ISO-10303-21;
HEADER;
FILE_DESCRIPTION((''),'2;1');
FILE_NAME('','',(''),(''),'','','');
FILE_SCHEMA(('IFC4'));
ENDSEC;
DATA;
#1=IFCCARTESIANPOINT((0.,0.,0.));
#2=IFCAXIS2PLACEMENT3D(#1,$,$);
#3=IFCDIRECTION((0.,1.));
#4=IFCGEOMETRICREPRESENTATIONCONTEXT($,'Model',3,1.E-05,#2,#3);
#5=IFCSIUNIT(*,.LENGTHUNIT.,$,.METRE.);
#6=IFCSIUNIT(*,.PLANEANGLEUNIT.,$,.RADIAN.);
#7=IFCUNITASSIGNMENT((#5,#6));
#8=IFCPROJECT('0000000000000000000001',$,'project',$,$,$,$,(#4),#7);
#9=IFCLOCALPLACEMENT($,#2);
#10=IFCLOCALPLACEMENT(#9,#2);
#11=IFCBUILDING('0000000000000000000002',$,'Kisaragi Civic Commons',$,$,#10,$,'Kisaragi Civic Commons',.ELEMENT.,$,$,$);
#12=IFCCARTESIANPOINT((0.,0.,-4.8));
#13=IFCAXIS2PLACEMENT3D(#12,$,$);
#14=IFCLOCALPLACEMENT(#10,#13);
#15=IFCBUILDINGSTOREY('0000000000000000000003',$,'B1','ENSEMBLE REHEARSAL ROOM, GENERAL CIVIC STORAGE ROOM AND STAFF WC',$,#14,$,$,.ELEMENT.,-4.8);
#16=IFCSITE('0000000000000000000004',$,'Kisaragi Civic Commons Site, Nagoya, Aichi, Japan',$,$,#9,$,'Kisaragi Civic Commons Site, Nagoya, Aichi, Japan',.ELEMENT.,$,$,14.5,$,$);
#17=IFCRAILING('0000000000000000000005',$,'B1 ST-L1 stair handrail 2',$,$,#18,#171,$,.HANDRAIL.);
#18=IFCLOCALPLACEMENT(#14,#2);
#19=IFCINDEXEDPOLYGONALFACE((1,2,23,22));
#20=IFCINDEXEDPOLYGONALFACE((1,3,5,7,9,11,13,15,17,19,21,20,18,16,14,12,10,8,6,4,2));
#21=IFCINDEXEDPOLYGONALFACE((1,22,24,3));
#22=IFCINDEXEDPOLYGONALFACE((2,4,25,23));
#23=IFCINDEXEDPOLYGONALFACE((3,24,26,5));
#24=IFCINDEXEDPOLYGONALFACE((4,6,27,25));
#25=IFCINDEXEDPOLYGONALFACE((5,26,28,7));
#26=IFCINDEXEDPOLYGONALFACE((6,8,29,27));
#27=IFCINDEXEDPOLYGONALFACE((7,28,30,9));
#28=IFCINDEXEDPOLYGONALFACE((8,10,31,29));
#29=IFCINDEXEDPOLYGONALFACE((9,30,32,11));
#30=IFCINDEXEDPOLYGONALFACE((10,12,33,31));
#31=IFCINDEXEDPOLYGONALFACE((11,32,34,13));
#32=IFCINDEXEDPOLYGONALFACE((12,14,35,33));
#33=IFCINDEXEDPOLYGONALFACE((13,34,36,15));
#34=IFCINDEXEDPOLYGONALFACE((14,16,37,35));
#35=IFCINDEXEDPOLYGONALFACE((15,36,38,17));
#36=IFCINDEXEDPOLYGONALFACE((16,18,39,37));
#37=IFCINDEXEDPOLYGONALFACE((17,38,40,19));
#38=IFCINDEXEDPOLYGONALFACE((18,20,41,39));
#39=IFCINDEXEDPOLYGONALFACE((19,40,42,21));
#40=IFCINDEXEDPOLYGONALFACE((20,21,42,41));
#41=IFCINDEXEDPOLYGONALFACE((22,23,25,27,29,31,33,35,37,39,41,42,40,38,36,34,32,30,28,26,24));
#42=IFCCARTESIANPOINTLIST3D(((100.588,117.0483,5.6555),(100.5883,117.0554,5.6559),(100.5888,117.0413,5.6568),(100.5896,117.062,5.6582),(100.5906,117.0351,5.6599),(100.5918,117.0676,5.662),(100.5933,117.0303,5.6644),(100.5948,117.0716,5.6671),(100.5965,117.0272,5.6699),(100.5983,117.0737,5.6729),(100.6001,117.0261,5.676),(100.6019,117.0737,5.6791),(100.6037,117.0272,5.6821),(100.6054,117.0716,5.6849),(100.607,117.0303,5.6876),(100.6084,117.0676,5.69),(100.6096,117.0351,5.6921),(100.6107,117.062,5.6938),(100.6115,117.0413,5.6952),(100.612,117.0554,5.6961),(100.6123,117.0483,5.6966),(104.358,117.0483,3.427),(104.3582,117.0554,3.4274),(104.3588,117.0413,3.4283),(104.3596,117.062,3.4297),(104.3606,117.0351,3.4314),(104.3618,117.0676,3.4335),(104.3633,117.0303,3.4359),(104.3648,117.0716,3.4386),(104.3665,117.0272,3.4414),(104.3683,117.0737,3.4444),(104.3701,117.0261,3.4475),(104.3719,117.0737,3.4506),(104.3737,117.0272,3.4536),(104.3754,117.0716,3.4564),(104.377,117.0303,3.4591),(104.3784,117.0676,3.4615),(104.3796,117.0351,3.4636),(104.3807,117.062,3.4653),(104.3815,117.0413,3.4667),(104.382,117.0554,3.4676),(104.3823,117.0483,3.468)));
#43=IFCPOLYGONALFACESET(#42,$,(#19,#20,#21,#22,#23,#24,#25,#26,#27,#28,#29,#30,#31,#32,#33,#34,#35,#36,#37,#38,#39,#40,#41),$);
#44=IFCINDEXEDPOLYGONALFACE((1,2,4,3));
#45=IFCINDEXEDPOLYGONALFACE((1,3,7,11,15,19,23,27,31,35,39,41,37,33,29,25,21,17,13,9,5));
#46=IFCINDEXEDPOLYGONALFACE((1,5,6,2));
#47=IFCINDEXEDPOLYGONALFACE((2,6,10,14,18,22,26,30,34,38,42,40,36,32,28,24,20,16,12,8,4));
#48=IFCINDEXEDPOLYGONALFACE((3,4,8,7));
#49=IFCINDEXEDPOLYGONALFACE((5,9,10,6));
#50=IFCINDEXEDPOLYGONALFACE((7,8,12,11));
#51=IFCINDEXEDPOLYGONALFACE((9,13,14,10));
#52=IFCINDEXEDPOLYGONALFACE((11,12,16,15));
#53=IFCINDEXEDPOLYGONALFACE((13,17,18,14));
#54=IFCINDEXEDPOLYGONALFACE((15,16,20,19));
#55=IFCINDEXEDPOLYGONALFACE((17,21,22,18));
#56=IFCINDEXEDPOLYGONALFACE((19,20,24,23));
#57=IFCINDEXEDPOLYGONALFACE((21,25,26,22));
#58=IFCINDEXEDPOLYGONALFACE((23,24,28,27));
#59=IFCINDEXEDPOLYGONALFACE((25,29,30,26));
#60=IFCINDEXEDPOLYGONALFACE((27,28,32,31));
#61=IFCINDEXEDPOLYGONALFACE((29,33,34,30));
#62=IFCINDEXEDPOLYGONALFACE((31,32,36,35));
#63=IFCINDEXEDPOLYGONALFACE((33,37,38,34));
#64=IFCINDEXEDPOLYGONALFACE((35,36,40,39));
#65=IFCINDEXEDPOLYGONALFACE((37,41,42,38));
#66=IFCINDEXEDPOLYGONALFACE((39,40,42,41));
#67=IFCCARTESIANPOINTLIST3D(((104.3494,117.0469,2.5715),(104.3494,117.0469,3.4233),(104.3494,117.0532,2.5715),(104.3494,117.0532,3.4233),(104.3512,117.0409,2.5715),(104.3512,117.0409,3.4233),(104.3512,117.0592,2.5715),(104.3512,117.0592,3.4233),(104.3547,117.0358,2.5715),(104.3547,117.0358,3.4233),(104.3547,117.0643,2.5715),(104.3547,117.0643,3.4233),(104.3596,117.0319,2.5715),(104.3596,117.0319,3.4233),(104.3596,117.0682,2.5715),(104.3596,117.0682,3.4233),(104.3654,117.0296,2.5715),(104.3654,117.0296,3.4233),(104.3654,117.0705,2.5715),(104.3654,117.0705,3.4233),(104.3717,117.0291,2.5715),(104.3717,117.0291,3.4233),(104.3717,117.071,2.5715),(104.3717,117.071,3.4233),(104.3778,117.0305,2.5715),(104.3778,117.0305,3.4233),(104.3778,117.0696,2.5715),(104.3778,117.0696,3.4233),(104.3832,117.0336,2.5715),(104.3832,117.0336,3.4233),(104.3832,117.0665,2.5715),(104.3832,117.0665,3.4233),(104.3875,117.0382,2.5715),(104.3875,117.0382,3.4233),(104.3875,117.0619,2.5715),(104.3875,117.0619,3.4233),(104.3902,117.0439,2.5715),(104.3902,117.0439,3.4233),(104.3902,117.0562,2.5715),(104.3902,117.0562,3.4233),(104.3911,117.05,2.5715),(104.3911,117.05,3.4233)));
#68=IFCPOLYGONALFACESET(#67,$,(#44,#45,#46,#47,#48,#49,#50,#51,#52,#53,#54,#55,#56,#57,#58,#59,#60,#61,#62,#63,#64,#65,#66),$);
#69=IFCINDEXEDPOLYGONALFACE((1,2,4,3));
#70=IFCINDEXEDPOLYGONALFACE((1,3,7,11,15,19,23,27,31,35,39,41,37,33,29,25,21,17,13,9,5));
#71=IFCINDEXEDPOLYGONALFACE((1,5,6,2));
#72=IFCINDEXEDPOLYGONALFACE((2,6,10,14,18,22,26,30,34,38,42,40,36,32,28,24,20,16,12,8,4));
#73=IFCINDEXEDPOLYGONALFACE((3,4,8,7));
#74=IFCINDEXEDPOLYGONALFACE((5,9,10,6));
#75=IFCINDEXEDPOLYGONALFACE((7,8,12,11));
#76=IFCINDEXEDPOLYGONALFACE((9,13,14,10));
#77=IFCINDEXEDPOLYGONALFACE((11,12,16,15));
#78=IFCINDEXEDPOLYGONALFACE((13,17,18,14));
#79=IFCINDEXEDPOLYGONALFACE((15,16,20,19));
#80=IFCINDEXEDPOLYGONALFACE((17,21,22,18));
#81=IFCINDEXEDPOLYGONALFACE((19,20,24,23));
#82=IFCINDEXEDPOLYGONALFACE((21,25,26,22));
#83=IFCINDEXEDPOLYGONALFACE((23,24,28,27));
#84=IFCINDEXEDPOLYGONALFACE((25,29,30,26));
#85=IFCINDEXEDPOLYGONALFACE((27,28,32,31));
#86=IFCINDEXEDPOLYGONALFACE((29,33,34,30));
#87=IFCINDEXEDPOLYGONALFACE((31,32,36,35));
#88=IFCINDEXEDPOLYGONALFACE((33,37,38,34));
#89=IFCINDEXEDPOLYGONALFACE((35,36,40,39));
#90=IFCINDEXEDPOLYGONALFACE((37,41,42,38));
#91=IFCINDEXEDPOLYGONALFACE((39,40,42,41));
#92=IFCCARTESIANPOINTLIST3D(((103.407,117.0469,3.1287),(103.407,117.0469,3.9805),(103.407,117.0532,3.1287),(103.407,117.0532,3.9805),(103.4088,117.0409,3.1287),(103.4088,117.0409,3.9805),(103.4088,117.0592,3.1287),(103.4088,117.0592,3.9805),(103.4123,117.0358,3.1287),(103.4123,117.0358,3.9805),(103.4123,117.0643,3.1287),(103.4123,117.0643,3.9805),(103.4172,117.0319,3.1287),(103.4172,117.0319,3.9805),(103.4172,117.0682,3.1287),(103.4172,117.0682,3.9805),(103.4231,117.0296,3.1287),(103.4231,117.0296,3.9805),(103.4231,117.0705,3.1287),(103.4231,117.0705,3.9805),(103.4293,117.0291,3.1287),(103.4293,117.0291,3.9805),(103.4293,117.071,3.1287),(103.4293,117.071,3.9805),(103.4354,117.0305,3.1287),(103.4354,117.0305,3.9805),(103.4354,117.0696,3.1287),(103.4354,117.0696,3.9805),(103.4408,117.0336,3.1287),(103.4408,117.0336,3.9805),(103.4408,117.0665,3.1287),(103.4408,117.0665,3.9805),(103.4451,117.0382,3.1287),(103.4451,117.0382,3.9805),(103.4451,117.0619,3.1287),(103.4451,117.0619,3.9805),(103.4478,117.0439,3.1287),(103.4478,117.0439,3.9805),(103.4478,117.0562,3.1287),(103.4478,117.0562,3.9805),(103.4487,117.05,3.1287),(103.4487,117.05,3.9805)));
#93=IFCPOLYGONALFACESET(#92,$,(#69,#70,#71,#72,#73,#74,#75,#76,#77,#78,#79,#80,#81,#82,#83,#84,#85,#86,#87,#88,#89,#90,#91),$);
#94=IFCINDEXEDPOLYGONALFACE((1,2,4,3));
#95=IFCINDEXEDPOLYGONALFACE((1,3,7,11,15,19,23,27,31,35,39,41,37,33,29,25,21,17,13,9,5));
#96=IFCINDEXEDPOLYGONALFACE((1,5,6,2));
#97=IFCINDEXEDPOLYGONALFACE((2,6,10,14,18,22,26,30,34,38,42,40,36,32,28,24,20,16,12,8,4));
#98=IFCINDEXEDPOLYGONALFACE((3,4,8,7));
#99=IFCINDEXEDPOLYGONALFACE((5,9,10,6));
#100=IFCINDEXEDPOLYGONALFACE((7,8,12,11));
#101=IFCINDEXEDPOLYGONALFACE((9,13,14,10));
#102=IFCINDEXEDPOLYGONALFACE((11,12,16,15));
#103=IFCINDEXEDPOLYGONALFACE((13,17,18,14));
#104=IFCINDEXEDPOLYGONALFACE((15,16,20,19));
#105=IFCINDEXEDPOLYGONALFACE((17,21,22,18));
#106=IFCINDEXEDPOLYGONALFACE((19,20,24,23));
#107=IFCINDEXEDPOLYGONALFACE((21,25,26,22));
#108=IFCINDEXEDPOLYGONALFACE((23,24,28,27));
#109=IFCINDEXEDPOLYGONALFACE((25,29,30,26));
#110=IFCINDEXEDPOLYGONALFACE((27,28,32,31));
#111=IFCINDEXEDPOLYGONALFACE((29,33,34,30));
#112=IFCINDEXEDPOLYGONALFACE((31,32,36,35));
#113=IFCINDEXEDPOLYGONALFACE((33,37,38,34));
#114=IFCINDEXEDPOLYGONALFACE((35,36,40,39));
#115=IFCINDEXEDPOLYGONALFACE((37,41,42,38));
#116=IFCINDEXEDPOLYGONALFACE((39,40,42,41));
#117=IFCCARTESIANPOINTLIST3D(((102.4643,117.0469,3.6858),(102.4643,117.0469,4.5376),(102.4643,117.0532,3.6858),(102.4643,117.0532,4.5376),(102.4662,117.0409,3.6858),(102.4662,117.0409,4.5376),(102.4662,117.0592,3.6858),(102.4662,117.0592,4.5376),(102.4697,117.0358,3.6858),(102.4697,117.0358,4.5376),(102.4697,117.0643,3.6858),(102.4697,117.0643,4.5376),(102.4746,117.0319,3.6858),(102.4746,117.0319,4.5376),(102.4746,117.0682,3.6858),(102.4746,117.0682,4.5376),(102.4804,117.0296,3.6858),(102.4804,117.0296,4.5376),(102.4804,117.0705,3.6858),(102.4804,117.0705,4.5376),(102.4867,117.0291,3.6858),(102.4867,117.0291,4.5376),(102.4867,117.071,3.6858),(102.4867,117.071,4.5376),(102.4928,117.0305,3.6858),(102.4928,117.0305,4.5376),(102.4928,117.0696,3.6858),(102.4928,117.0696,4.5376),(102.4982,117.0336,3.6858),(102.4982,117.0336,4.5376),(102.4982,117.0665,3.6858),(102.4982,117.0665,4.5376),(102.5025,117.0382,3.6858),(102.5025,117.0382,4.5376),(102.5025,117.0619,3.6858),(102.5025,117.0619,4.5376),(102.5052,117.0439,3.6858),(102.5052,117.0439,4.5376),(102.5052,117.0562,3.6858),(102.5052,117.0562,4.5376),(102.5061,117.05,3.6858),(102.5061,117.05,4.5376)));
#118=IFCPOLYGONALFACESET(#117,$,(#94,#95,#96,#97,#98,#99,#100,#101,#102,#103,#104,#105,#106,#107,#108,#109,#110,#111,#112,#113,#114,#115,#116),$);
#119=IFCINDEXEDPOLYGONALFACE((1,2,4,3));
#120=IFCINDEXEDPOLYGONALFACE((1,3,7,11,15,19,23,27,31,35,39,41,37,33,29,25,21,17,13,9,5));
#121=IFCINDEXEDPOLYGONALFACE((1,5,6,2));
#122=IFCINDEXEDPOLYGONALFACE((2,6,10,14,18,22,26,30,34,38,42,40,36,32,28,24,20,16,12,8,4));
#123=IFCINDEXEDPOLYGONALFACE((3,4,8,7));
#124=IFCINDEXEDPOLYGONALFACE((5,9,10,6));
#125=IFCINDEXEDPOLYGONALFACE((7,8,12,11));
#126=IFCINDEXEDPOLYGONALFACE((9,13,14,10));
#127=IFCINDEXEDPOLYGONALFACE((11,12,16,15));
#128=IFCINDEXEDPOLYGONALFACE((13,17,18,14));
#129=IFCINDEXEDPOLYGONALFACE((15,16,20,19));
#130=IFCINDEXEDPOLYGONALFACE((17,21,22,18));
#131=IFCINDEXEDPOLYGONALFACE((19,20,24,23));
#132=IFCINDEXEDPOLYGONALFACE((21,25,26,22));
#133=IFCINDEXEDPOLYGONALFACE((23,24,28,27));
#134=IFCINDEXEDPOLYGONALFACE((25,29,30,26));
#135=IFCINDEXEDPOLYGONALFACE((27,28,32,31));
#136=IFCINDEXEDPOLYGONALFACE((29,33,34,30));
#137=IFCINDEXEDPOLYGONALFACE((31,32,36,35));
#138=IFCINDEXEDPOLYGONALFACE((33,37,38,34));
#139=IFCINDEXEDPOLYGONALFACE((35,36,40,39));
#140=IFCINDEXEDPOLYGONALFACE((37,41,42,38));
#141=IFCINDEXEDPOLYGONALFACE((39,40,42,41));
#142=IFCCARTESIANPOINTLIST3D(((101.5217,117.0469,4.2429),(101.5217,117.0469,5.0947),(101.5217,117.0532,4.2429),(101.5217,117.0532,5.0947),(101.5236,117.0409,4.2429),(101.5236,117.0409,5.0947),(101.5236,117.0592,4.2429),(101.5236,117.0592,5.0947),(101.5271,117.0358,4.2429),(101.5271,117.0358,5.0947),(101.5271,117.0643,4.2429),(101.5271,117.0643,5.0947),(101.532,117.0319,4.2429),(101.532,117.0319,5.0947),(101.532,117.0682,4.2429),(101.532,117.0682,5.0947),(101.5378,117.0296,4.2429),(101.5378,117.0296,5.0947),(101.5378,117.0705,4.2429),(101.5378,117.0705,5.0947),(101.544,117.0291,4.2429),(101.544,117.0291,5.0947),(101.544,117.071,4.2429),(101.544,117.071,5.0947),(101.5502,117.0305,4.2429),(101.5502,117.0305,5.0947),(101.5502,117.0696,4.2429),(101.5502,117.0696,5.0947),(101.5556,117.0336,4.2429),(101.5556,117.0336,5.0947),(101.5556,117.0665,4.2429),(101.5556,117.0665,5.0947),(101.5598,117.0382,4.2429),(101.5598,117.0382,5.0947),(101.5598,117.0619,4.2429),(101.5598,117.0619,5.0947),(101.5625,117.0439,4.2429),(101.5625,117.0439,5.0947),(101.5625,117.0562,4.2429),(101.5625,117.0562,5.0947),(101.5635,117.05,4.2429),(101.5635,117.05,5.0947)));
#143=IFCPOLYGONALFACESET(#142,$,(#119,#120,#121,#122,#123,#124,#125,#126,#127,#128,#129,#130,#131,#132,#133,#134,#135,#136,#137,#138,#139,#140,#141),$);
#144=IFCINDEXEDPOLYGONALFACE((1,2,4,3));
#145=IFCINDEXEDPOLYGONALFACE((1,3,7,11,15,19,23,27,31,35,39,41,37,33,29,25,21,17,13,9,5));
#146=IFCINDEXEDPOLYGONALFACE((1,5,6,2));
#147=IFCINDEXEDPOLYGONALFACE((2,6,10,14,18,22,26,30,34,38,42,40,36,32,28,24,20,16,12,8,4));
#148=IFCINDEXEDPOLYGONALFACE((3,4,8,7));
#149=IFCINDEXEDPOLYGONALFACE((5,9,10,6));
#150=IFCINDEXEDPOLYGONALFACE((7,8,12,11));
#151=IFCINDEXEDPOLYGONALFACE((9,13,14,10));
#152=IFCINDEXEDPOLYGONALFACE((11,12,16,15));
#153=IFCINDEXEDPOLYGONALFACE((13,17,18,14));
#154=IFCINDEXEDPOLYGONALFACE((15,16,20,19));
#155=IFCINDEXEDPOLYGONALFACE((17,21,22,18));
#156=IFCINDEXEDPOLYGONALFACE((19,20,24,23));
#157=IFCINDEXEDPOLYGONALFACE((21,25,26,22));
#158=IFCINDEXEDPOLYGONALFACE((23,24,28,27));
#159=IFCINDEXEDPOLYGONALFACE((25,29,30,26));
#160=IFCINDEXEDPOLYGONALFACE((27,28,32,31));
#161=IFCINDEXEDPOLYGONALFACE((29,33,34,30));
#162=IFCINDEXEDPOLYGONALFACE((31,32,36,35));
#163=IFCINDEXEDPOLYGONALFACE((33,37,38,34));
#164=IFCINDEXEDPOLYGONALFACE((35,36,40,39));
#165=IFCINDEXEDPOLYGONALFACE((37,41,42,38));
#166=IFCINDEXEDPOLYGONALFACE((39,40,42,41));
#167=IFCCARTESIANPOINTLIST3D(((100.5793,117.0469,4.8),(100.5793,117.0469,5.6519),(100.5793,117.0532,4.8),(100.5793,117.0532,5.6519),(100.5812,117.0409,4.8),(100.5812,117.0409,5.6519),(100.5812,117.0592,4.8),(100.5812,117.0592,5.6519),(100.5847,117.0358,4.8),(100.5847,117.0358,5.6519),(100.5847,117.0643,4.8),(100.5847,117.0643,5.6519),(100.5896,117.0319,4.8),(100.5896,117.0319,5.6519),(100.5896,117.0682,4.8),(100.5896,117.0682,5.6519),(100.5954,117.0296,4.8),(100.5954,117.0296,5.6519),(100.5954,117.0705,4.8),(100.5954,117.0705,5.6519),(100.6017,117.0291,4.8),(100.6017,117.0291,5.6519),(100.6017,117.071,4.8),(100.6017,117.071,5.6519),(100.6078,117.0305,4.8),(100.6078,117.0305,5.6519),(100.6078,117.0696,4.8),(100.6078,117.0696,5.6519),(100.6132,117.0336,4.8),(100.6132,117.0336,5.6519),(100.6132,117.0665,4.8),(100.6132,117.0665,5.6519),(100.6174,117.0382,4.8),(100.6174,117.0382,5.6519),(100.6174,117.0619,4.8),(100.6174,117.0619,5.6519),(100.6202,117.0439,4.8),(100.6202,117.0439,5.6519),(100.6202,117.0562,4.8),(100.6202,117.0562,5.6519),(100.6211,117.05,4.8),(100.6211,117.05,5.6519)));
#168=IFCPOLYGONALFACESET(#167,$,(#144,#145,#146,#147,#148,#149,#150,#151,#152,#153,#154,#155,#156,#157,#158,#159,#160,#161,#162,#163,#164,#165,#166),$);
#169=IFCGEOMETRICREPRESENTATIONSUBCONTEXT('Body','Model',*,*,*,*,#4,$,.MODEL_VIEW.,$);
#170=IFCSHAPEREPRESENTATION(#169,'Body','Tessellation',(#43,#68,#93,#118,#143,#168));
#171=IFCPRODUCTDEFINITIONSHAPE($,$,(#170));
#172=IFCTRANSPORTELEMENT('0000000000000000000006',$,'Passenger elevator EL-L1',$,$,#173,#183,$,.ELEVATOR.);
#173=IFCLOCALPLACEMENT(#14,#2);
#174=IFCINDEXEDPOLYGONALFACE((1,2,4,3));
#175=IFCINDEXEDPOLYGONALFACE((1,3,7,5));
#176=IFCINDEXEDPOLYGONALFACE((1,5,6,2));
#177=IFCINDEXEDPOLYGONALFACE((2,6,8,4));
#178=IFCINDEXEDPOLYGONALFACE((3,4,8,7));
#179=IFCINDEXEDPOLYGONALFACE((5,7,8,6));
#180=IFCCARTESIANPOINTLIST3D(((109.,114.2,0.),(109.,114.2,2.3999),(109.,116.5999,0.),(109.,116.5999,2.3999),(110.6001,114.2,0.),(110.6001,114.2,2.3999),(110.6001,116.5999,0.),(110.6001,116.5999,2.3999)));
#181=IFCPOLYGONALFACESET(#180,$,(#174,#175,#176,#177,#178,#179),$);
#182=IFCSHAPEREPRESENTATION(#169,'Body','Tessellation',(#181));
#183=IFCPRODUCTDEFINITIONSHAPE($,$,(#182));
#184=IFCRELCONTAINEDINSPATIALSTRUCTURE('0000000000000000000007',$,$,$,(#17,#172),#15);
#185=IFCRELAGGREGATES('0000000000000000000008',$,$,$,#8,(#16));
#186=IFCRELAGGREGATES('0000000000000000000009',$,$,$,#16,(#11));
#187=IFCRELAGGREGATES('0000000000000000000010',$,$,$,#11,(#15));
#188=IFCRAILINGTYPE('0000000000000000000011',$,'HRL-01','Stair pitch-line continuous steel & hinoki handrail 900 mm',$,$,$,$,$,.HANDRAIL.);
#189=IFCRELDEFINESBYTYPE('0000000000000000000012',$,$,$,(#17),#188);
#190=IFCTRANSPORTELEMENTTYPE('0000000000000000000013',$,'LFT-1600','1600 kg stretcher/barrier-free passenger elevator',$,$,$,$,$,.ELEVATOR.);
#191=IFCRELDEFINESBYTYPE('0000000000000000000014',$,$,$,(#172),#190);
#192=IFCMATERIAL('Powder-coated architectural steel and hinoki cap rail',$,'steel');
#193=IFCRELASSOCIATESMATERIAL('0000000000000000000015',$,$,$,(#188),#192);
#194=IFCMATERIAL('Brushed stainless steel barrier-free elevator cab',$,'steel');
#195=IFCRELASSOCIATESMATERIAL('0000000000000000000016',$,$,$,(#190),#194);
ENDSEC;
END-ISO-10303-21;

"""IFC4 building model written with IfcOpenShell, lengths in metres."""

from ifc_helpers import new_model, si_unit, direction, frame, origin, origin_2d, place, context, subcontext, project, spatial, rectangle, circle, extrude, material, type_object, element, save


model = new_model("IFC4")

# Units and contexts
model_context = context("Model", 3, precision=1e-05, world=origin(), true_north=direction((0.0, 1.0)))
body_context = subcontext(model_context, "Body", "Model", "MODEL_VIEW")
ifc_project = project(units=[si_unit("LENGTHUNIT", "METRE"), si_unit("PLANEANGLEUNIT", "RADIAN")], contexts=[model_context])

# Site, building, storey
site_placement = place(None, origin())
site = spatial("IfcSite", under=ifc_project, at=site_placement, Name="Kisaragi Civic Commons Site, Nagoya, Aichi, Japan", LongName="Kisaragi Civic Commons Site, Nagoya, Aichi, Japan", CompositionType="ELEMENT", RefElevation=14.5)
building_placement = place(site_placement, origin())
building = spatial("IfcBuilding", under=site, at=building_placement, Name="Kisaragi Civic Commons", LongName="Kisaragi Civic Commons", CompositionType="ELEMENT")
storey_placement = place(building_placement, frame((0.0, 0.0, -4.8)))
storey = spatial("IfcBuildingStorey", under=building, at=storey_placement, Name="B1", Description="ENSEMBLE REHEARSAL ROOM, GENERAL CIVIC STORAGE ROOM AND STAFF WC", CompositionType="ELEMENT", Elevation=-4.8)

# Railing
ifc_material_1 = material(Name="Powder-coated architectural steel and hinoki cap rail", Category="steel")
railing_type_1 = type_object("IfcRailingType", Name="HRL-01", Description="Stair pitch-line continuous steel & hinoki handrail 900 mm", PredefinedType="HANDRAIL", material=ifc_material_1)
railing_1_placement = place(storey_placement, frame((104.3701, 117.05, 2.5715)))
element("IfcRailing", 1, at=railing_1_placement, inside=storey, type_object=railing_type_1, Name="B1 ST-L1 stair handrail 2", PredefinedType="HANDRAIL", context=body_context, shape_type="SweptSolid", body=[
    extrude(circle(Radius=0.0239, at=origin_2d()), frame((0.0, 0.0, 0.876), z_axis=(-0.860849, 0.0, 0.508861), x_axis=(0.0, -1.0, 0.0)), (0.0, 0.0, 1.0), 4.3794),
    extrude(circle(Radius=0.021, at=origin_2d()), origin(), (0.0, 0.0, 1.0), 0.8518),
    extrude(circle(Radius=0.021, at=origin_2d()), frame((-0.9424, 0.0, 0.5571)), (0.0, 0.0, 1.0), 0.8518),
    extrude(circle(Radius=0.021, at=origin_2d()), frame((-1.885, 0.0, 1.1143)), (0.0, 0.0, 1.0), 0.8518),
    extrude(circle(Radius=0.021, at=origin_2d()), frame((-2.8276, 0.0, 1.6714)), (0.0, 0.0, 1.0), 0.8518),
    extrude(circle(Radius=0.021, at=origin_2d()), frame((-3.77, 0.0, 2.2285)), (0.0, 0.0, 1.0), 0.8518),
])

# Transport element
ifc_material_2 = material(Name="Brushed stainless steel barrier-free elevator cab", Category="steel")
transport_element_type = type_object("IfcTransportElementType", Name="LFT-1600", Description="1600 kg stretcher/barrier-free passenger elevator", PredefinedType="ELEVATOR", material=ifc_material_2)
transport_element_placement = place(storey_placement, frame((109.8, 115.3999, 0.0), z_axis=(0.0, 0.0, 1.0), x_axis=(1.0, 0.0, 0.0)))
element("IfcTransportElement", 2, at=transport_element_placement, inside=storey, type_object=transport_element_type, Name="Passenger elevator EL-L1", PredefinedType="ELEVATOR", context=body_context, shape_type="SweptSolid", body=[
    extrude(rectangle(XDim=1.6001, YDim=2.3999, at=origin_2d()), origin(), (0.0, 0.0, 1.0), 2.3999),
])

save(model, "model.ifc")
